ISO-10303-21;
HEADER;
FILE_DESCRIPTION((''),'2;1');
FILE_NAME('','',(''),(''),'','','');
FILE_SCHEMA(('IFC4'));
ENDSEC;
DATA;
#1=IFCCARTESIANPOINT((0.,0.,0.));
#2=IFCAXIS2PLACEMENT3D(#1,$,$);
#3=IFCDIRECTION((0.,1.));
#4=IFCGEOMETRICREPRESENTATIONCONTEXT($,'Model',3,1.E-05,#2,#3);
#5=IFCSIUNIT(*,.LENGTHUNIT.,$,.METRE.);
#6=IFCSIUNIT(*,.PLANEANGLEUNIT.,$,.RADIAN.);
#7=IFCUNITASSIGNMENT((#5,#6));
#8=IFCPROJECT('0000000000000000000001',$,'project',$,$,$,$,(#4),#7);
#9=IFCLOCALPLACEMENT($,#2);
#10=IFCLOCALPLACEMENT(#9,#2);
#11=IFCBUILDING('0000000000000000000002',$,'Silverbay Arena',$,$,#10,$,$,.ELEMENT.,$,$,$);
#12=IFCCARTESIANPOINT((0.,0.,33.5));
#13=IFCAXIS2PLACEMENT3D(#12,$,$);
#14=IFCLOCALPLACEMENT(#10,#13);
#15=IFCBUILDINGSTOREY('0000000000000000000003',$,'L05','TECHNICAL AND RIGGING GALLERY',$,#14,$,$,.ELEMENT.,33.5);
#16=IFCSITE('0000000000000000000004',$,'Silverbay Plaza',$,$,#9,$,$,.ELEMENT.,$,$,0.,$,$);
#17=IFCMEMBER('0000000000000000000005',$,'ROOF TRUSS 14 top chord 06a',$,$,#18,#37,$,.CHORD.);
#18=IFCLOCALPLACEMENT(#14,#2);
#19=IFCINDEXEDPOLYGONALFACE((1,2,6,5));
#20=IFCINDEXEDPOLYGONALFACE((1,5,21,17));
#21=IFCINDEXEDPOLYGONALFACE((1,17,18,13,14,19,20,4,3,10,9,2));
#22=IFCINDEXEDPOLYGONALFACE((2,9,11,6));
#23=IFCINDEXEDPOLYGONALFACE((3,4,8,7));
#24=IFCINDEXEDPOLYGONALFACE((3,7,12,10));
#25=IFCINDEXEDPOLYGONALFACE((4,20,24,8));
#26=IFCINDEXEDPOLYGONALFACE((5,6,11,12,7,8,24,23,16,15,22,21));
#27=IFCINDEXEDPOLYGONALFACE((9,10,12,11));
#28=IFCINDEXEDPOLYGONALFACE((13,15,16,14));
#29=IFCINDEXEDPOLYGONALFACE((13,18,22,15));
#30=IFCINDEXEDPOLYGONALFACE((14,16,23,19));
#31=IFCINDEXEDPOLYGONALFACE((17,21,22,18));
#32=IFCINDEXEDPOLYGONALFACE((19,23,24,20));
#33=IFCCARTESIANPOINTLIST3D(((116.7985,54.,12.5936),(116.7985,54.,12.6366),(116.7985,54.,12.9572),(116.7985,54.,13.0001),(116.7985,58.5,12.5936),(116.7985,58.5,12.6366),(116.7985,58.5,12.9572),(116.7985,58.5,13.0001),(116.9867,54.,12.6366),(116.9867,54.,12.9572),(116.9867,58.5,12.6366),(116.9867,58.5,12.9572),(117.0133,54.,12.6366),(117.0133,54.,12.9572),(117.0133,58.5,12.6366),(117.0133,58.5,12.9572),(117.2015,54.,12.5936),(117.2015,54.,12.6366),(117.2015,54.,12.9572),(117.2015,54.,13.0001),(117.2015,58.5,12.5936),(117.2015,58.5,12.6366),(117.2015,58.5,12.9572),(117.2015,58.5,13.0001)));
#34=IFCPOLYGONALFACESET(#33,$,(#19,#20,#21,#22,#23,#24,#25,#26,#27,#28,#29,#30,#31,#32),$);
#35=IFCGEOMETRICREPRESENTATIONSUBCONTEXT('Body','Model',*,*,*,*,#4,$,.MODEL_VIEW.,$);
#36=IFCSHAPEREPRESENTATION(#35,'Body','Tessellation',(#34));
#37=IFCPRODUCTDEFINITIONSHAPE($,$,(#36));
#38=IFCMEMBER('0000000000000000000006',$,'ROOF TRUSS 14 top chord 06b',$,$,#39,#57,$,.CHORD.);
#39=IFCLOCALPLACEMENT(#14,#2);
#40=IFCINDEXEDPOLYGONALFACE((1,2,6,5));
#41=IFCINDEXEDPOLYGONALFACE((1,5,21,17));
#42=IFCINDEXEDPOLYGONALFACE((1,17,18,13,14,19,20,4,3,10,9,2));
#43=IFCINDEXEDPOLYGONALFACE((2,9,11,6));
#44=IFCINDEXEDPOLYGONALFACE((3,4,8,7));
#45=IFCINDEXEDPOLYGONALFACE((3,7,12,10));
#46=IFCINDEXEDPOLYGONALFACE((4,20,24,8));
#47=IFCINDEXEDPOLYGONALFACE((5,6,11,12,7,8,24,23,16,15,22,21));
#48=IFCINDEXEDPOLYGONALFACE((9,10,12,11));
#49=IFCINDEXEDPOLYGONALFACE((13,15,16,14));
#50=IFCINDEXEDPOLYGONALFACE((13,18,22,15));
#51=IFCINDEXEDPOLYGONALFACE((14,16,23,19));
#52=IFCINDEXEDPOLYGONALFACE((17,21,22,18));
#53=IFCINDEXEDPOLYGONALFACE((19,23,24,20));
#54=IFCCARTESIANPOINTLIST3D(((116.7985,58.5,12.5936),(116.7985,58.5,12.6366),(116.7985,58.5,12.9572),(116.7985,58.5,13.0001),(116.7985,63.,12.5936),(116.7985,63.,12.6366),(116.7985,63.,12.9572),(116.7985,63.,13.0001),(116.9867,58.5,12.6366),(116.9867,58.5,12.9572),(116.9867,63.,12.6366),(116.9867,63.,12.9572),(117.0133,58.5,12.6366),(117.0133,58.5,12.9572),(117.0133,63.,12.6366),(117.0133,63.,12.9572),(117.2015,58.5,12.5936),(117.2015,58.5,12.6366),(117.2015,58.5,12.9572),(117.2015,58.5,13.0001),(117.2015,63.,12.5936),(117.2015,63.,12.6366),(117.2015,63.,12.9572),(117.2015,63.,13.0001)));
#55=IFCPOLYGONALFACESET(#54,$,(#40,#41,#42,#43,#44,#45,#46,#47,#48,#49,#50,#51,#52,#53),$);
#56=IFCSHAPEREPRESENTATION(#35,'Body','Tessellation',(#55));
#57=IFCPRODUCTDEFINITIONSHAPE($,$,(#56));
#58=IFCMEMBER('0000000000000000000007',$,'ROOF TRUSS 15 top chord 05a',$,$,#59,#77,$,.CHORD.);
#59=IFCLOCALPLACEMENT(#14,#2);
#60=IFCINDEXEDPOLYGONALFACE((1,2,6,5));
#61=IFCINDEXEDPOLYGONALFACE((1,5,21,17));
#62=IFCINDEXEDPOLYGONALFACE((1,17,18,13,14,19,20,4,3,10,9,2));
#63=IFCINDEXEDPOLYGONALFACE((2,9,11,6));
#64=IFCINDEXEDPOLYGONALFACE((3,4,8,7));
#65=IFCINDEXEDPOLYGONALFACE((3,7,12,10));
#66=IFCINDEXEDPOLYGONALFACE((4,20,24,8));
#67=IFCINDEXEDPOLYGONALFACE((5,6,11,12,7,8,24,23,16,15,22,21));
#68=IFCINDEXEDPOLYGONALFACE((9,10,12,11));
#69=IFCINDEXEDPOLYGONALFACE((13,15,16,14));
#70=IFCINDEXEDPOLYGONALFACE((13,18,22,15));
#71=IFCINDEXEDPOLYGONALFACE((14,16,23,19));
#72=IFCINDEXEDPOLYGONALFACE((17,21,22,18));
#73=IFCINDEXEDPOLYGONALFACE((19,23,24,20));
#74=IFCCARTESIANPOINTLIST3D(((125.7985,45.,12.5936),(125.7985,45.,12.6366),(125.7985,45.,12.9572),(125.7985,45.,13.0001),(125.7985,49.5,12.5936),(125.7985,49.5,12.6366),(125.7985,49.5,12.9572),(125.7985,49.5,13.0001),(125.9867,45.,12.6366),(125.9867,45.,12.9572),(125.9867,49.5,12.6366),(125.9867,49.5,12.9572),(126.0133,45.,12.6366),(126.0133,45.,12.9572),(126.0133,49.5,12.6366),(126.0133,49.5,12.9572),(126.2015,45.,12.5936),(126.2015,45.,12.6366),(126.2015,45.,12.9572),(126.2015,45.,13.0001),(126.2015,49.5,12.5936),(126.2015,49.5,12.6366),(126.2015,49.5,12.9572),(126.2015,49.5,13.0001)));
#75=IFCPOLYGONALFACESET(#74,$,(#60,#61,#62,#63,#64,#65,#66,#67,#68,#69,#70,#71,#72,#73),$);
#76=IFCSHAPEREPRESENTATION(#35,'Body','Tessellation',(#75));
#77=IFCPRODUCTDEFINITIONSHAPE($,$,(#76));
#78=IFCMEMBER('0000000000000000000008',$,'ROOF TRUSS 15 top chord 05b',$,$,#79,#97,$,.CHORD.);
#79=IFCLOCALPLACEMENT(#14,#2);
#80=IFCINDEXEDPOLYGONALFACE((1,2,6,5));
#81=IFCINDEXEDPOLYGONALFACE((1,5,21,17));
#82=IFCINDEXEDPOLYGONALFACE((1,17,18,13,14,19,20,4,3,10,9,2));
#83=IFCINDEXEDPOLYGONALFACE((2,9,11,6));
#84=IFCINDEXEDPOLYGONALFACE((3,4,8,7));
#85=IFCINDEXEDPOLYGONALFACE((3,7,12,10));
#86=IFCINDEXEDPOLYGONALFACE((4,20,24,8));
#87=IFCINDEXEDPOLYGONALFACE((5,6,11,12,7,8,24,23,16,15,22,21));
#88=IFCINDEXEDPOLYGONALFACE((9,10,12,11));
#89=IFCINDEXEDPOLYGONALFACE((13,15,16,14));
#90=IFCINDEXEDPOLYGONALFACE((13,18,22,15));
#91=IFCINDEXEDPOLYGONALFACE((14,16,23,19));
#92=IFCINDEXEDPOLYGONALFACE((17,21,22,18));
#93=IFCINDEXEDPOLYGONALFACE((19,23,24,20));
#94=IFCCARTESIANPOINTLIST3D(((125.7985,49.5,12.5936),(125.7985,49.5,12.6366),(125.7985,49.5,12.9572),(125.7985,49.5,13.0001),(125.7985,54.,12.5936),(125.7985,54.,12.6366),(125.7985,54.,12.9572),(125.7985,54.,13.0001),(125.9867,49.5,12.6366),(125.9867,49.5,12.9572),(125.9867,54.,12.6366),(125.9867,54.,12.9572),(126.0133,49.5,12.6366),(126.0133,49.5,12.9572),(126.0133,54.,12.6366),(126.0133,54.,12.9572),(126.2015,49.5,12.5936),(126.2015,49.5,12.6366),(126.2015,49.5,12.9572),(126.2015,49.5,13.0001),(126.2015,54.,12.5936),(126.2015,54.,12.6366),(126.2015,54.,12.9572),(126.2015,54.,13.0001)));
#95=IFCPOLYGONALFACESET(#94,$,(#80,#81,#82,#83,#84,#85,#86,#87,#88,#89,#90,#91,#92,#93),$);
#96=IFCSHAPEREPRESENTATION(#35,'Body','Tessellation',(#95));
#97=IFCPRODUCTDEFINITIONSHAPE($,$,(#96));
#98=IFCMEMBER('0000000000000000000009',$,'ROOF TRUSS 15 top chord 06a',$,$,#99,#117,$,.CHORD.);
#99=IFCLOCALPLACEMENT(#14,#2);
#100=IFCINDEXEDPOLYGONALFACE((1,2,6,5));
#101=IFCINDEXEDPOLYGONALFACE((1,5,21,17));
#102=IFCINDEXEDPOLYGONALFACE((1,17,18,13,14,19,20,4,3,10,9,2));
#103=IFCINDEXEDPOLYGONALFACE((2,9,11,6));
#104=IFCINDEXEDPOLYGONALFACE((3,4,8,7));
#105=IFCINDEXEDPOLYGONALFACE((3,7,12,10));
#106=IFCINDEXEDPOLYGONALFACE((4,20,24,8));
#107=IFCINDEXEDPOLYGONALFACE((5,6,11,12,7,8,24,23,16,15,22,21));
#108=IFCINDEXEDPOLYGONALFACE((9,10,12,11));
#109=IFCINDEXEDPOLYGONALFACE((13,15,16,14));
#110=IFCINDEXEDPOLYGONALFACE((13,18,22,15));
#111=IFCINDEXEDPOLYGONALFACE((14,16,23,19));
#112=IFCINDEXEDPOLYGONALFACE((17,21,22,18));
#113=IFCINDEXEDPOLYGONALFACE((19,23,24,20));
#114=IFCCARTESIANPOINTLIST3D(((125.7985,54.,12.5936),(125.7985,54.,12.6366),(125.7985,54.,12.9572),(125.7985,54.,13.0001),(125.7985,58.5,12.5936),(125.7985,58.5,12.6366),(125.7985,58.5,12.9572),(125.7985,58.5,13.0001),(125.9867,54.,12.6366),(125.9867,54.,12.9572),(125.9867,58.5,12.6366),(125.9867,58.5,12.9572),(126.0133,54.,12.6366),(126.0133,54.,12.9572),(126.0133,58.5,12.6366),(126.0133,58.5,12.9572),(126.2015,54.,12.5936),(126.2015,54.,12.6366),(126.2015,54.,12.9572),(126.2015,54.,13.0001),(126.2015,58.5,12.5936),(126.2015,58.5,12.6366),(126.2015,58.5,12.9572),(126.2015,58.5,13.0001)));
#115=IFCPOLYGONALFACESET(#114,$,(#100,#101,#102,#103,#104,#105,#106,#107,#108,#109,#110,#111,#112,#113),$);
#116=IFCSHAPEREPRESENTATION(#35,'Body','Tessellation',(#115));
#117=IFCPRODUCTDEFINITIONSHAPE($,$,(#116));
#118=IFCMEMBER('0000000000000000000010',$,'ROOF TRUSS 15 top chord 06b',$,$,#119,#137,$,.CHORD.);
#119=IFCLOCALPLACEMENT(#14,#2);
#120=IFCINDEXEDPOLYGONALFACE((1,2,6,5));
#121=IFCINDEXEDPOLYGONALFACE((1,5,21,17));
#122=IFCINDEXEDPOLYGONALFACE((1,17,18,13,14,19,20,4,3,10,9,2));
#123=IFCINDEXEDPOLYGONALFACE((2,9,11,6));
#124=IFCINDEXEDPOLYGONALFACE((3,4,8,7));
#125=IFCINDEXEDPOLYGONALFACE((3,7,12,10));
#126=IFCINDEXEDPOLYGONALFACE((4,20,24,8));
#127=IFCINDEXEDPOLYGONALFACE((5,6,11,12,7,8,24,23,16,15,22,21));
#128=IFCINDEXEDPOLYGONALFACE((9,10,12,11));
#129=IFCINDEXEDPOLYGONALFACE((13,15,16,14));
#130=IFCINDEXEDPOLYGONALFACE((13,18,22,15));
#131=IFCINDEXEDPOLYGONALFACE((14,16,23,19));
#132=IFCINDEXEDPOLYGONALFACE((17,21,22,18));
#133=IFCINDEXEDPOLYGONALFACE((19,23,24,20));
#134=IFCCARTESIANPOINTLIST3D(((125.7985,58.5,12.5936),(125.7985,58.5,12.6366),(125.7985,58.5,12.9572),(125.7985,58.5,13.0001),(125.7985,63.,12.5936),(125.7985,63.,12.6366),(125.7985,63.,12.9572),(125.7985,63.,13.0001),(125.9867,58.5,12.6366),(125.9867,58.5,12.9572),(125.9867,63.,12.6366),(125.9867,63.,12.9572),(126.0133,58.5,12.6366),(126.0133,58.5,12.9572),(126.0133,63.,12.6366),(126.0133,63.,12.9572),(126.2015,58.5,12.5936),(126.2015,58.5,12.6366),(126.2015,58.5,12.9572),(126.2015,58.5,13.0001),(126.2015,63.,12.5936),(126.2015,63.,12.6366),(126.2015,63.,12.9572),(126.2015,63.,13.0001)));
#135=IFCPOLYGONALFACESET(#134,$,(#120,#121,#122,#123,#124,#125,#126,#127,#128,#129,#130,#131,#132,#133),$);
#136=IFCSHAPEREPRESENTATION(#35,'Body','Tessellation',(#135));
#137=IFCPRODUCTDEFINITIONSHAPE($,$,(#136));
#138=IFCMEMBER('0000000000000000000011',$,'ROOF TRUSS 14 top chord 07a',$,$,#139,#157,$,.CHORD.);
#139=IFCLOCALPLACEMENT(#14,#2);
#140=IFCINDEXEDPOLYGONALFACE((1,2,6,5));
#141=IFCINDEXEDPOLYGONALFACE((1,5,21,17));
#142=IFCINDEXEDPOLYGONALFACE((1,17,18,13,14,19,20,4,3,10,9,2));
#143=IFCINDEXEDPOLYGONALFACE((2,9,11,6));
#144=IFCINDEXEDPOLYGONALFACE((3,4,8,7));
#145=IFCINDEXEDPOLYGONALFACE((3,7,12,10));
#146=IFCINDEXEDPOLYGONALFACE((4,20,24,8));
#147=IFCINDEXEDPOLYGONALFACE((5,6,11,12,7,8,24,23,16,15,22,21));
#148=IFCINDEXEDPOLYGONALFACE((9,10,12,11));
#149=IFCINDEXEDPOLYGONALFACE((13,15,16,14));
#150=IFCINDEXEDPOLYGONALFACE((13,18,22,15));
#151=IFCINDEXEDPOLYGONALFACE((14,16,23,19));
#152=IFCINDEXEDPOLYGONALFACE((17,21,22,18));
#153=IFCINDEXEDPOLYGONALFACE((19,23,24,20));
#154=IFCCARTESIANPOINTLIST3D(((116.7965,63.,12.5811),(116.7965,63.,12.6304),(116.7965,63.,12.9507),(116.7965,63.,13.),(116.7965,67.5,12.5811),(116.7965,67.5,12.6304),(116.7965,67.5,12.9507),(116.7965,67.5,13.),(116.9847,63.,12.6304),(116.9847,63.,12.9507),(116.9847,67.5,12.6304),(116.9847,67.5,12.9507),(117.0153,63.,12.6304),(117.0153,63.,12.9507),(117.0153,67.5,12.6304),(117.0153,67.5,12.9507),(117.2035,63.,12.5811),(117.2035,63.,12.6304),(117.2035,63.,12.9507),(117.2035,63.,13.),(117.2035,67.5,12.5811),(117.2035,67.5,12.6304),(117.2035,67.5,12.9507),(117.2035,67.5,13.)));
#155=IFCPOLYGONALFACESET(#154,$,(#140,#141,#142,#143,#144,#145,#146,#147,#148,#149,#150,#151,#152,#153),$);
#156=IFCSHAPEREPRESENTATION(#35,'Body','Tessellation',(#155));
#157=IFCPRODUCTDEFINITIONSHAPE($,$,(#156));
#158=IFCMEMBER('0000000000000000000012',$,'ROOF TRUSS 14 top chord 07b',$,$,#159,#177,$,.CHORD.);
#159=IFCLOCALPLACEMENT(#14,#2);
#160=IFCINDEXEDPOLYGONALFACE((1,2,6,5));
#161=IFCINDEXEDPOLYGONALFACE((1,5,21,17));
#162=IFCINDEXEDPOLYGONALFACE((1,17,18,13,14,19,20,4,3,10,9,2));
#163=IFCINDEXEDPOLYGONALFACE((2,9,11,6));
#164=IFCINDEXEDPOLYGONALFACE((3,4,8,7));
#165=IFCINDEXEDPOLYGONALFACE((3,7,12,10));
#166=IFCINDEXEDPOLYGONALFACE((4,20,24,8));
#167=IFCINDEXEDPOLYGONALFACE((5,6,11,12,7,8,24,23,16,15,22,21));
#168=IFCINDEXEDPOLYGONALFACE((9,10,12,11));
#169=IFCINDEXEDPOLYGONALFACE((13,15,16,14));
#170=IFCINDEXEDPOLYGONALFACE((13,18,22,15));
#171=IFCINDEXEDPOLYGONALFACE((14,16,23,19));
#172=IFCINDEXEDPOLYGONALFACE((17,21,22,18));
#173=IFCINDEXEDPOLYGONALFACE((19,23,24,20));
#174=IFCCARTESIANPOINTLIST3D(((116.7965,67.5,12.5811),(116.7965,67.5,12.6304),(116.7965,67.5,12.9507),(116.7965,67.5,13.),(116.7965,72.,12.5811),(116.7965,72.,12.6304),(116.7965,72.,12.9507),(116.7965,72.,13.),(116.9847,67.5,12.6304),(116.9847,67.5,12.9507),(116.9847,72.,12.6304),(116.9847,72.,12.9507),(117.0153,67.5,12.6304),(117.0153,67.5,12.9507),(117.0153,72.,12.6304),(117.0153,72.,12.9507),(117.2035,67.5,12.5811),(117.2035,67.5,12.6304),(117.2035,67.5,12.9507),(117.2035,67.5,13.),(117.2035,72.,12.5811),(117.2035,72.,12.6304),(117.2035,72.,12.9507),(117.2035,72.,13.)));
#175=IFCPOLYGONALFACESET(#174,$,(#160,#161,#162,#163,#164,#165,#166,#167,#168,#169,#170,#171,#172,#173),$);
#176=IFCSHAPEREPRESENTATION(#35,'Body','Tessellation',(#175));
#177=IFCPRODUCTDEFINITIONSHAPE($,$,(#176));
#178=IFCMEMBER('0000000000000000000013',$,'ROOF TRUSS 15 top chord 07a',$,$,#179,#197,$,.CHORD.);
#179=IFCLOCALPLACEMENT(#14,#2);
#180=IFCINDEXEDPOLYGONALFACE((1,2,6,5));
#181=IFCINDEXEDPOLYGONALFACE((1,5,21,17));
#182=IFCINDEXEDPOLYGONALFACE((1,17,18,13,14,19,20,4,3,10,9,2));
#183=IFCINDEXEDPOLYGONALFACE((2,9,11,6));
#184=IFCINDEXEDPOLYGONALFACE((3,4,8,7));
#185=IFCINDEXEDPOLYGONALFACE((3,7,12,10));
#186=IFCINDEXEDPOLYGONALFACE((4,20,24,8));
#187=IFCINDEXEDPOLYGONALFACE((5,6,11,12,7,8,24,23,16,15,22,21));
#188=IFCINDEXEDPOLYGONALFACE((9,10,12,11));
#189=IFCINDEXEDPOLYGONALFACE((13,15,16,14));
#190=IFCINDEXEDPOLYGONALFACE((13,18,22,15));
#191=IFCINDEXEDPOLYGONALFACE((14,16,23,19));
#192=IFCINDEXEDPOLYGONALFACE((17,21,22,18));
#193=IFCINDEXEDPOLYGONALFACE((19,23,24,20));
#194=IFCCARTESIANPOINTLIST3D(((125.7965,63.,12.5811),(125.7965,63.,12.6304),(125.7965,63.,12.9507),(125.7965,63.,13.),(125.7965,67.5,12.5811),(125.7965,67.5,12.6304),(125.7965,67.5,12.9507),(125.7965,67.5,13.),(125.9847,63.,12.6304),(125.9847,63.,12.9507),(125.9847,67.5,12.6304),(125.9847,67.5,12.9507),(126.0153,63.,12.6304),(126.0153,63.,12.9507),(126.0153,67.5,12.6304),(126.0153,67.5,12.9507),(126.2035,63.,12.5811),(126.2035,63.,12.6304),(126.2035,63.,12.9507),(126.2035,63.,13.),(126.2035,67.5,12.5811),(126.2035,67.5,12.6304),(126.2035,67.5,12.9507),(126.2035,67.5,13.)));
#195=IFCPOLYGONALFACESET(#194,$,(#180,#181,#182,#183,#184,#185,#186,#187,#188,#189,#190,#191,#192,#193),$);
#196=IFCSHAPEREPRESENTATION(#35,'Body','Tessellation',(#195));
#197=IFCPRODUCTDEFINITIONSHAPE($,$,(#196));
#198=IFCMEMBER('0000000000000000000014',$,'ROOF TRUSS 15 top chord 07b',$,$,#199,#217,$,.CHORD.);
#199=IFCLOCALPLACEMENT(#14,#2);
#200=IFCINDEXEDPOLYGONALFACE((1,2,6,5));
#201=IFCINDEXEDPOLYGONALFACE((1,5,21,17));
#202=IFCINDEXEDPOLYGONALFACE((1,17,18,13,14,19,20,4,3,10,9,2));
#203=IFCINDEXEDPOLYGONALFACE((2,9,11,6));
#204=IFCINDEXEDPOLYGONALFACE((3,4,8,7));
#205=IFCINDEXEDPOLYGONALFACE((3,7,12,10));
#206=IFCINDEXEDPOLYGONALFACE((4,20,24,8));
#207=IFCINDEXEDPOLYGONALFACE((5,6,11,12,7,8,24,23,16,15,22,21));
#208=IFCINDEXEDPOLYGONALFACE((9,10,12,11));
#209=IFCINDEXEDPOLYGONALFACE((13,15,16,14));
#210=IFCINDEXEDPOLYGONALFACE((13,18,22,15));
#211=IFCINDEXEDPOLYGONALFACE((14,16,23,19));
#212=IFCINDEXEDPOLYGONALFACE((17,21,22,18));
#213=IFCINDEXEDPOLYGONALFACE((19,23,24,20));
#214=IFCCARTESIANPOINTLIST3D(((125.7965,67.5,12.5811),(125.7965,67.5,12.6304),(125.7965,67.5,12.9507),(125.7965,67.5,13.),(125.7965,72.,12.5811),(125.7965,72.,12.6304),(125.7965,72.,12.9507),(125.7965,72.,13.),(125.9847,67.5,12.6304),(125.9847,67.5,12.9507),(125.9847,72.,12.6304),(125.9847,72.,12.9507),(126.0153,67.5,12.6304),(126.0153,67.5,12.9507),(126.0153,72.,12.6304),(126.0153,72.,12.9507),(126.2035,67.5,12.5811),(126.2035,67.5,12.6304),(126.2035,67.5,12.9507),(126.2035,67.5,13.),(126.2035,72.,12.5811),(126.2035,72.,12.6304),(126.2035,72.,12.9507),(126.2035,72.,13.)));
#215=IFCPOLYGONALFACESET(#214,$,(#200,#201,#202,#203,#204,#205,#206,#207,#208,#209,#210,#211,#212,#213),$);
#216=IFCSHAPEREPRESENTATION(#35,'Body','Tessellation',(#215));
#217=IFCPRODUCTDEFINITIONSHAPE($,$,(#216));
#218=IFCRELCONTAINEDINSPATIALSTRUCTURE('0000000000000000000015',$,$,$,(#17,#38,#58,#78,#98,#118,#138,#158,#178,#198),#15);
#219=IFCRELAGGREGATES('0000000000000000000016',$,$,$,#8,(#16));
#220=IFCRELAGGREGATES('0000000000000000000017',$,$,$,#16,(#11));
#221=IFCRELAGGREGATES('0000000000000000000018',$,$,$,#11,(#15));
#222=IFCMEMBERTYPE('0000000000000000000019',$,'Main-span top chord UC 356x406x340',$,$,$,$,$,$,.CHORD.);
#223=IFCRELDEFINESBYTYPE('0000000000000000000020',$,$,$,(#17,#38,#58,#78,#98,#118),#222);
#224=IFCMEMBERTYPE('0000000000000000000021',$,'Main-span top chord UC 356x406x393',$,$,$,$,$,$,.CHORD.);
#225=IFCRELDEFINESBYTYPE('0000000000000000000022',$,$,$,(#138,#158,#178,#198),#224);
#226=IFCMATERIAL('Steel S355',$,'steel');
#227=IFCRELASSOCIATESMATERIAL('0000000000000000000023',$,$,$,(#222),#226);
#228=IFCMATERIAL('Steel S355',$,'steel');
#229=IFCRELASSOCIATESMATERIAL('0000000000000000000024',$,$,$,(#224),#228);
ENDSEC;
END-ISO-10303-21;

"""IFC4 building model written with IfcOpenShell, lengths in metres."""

from ifc_helpers import new_model, si_unit, direction, frame, origin, origin_2d, place, context, subcontext, project, spatial, i_section, extrude, material, material_profile, profile_set, type_object, element, save


model = new_model("IFC4")

# Units and contexts
model_context = context("Model", 3, precision=1e-05, world=origin(), true_north=direction((0.0, 1.0)))
body_context = subcontext(model_context, "Body", "Model", "MODEL_VIEW")
ifc_project = project(units=[si_unit("LENGTHUNIT", "METRE"), si_unit("PLANEANGLEUNIT", "RADIAN")], contexts=[model_context])

# Site, building, storey
site_placement = place(None, origin())
site = spatial("IfcSite", under=ifc_project, at=site_placement, Name="Silverbay Plaza", CompositionType="ELEMENT", RefElevation=0.0)
building_placement = place(site_placement, origin())
building = spatial("IfcBuilding", under=site, at=building_placement, Name="Silverbay Arena", CompositionType="ELEMENT")
storey_placement = place(building_placement, frame((0.0, 0.0, 33.5)))
storey = spatial("IfcBuildingStorey", under=building, at=storey_placement, Name="L05", Description="TECHNICAL AND RIGGING GALLERY", CompositionType="ELEMENT", Elevation=33.5)

# Members
ifc_material_1 = material(Name="Steel S355", Category="steel")
ifc_material_profile_1 = material_profile(ifc_material_1, i_section(OverallWidth=0.4031, OverallDepth=0.4065, WebThickness=0.0266, FlangeThickness=0.043, at=origin_2d()), Name="UC 356x406x340")
ifc_profile_set_1 = profile_set([ifc_material_profile_1], Name="Steel S355")
member_type_1 = type_object("IfcMemberType", Name="Main-span top chord UC 356x406x340", PredefinedType="CHORD", material=ifc_profile_set_1)
for number, where, z_axis, x_axis, name in (
    (1, (117.0, 54.0, 12.7969), (0.0, 1.0, 0.0), (-1.0, 0.0, 0.0), "ROOF TRUSS 14 top chord 06a"),
    (2, (117.0, 58.5, 12.7969), (0.0, 1.0, 0.0), (-1.0, 0.0, 0.0), "ROOF TRUSS 14 top chord 06b"),
    (3, (126.0, 45.0, 12.7969), (0.0, 1.0, 0.0), (-1.0, 0.0, 0.0), "ROOF TRUSS 15 top chord 05a"),
    (4, (126.0, 49.5, 12.7969), (0.0, 1.0, 0.0), (-1.0, 0.0, 0.0), "ROOF TRUSS 15 top chord 05b"),
    (5, (126.0, 54.0, 12.7969), (0.0, 1.0, 0.0), (-1.0, 0.0, 0.0), "ROOF TRUSS 15 top chord 06a"),
    (6, (126.0, 58.5, 12.7969), (0.0, 1.0, 0.0), (-1.0, 0.0, 0.0), "ROOF TRUSS 15 top chord 06b"),
):
    element("IfcMember", number, at=place(storey_placement, frame(where, z_axis=z_axis, x_axis=x_axis)), inside=storey, type_object=member_type_1, Name=name, PredefinedType="CHORD", context=body_context, shape_type="SweptSolid", body=[
        extrude(i_section(OverallWidth=0.4031, OverallDepth=0.4065, WebThickness=0.0266, FlangeThickness=0.043, at=origin_2d()), origin(), (0.0, 0.0, 1.0), 4.5),
    ])
ifc_material_2 = material(Name="Steel S355", Category="steel")
ifc_material_profile_2 = material_profile(ifc_material_2, i_section(OverallWidth=0.407, OverallDepth=0.4189, WebThickness=0.0305, FlangeThickness=0.0493, at=origin_2d()), Name="UC 356x406x393")
ifc_profile_set_2 = profile_set([ifc_material_profile_2], Name="Steel S355")
member_type_2 = type_object("IfcMemberType", Name="Main-span top chord UC 356x406x393", PredefinedType="CHORD", material=ifc_profile_set_2)
for number, where, z_axis, x_axis, name in (
    (7, (117.0, 63.0, 12.7905), (0.0, 1.0, 0.0), (-1.0, 0.0, 0.0), "ROOF TRUSS 14 top chord 07a"),
    (8, (117.0, 67.5, 12.7905), (0.0, 1.0, 0.0), (-1.0, 0.0, 0.0), "ROOF TRUSS 14 top chord 07b"),
    (9, (126.0, 63.0, 12.7905), (0.0, 1.0, 0.0), (-1.0, 0.0, 0.0), "ROOF TRUSS 15 top chord 07a"),
    (10, (126.0, 67.5, 12.7905), (0.0, 1.0, 0.0), (-1.0, 0.0, 0.0), "ROOF TRUSS 15 top chord 07b"),
):
    element("IfcMember", number, at=place(storey_placement, frame(where, z_axis=z_axis, x_axis=x_axis)), inside=storey, type_object=member_type_2, Name=name, PredefinedType="CHORD", context=body_context, shape_type="SweptSolid", body=[
        extrude(i_section(OverallWidth=0.407, OverallDepth=0.4189, WebThickness=0.0305, FlangeThickness=0.0493, at=origin_2d()), origin(), (0.0, 0.0, 1.0), 4.5),
    ])

save(model, "model.ifc")
